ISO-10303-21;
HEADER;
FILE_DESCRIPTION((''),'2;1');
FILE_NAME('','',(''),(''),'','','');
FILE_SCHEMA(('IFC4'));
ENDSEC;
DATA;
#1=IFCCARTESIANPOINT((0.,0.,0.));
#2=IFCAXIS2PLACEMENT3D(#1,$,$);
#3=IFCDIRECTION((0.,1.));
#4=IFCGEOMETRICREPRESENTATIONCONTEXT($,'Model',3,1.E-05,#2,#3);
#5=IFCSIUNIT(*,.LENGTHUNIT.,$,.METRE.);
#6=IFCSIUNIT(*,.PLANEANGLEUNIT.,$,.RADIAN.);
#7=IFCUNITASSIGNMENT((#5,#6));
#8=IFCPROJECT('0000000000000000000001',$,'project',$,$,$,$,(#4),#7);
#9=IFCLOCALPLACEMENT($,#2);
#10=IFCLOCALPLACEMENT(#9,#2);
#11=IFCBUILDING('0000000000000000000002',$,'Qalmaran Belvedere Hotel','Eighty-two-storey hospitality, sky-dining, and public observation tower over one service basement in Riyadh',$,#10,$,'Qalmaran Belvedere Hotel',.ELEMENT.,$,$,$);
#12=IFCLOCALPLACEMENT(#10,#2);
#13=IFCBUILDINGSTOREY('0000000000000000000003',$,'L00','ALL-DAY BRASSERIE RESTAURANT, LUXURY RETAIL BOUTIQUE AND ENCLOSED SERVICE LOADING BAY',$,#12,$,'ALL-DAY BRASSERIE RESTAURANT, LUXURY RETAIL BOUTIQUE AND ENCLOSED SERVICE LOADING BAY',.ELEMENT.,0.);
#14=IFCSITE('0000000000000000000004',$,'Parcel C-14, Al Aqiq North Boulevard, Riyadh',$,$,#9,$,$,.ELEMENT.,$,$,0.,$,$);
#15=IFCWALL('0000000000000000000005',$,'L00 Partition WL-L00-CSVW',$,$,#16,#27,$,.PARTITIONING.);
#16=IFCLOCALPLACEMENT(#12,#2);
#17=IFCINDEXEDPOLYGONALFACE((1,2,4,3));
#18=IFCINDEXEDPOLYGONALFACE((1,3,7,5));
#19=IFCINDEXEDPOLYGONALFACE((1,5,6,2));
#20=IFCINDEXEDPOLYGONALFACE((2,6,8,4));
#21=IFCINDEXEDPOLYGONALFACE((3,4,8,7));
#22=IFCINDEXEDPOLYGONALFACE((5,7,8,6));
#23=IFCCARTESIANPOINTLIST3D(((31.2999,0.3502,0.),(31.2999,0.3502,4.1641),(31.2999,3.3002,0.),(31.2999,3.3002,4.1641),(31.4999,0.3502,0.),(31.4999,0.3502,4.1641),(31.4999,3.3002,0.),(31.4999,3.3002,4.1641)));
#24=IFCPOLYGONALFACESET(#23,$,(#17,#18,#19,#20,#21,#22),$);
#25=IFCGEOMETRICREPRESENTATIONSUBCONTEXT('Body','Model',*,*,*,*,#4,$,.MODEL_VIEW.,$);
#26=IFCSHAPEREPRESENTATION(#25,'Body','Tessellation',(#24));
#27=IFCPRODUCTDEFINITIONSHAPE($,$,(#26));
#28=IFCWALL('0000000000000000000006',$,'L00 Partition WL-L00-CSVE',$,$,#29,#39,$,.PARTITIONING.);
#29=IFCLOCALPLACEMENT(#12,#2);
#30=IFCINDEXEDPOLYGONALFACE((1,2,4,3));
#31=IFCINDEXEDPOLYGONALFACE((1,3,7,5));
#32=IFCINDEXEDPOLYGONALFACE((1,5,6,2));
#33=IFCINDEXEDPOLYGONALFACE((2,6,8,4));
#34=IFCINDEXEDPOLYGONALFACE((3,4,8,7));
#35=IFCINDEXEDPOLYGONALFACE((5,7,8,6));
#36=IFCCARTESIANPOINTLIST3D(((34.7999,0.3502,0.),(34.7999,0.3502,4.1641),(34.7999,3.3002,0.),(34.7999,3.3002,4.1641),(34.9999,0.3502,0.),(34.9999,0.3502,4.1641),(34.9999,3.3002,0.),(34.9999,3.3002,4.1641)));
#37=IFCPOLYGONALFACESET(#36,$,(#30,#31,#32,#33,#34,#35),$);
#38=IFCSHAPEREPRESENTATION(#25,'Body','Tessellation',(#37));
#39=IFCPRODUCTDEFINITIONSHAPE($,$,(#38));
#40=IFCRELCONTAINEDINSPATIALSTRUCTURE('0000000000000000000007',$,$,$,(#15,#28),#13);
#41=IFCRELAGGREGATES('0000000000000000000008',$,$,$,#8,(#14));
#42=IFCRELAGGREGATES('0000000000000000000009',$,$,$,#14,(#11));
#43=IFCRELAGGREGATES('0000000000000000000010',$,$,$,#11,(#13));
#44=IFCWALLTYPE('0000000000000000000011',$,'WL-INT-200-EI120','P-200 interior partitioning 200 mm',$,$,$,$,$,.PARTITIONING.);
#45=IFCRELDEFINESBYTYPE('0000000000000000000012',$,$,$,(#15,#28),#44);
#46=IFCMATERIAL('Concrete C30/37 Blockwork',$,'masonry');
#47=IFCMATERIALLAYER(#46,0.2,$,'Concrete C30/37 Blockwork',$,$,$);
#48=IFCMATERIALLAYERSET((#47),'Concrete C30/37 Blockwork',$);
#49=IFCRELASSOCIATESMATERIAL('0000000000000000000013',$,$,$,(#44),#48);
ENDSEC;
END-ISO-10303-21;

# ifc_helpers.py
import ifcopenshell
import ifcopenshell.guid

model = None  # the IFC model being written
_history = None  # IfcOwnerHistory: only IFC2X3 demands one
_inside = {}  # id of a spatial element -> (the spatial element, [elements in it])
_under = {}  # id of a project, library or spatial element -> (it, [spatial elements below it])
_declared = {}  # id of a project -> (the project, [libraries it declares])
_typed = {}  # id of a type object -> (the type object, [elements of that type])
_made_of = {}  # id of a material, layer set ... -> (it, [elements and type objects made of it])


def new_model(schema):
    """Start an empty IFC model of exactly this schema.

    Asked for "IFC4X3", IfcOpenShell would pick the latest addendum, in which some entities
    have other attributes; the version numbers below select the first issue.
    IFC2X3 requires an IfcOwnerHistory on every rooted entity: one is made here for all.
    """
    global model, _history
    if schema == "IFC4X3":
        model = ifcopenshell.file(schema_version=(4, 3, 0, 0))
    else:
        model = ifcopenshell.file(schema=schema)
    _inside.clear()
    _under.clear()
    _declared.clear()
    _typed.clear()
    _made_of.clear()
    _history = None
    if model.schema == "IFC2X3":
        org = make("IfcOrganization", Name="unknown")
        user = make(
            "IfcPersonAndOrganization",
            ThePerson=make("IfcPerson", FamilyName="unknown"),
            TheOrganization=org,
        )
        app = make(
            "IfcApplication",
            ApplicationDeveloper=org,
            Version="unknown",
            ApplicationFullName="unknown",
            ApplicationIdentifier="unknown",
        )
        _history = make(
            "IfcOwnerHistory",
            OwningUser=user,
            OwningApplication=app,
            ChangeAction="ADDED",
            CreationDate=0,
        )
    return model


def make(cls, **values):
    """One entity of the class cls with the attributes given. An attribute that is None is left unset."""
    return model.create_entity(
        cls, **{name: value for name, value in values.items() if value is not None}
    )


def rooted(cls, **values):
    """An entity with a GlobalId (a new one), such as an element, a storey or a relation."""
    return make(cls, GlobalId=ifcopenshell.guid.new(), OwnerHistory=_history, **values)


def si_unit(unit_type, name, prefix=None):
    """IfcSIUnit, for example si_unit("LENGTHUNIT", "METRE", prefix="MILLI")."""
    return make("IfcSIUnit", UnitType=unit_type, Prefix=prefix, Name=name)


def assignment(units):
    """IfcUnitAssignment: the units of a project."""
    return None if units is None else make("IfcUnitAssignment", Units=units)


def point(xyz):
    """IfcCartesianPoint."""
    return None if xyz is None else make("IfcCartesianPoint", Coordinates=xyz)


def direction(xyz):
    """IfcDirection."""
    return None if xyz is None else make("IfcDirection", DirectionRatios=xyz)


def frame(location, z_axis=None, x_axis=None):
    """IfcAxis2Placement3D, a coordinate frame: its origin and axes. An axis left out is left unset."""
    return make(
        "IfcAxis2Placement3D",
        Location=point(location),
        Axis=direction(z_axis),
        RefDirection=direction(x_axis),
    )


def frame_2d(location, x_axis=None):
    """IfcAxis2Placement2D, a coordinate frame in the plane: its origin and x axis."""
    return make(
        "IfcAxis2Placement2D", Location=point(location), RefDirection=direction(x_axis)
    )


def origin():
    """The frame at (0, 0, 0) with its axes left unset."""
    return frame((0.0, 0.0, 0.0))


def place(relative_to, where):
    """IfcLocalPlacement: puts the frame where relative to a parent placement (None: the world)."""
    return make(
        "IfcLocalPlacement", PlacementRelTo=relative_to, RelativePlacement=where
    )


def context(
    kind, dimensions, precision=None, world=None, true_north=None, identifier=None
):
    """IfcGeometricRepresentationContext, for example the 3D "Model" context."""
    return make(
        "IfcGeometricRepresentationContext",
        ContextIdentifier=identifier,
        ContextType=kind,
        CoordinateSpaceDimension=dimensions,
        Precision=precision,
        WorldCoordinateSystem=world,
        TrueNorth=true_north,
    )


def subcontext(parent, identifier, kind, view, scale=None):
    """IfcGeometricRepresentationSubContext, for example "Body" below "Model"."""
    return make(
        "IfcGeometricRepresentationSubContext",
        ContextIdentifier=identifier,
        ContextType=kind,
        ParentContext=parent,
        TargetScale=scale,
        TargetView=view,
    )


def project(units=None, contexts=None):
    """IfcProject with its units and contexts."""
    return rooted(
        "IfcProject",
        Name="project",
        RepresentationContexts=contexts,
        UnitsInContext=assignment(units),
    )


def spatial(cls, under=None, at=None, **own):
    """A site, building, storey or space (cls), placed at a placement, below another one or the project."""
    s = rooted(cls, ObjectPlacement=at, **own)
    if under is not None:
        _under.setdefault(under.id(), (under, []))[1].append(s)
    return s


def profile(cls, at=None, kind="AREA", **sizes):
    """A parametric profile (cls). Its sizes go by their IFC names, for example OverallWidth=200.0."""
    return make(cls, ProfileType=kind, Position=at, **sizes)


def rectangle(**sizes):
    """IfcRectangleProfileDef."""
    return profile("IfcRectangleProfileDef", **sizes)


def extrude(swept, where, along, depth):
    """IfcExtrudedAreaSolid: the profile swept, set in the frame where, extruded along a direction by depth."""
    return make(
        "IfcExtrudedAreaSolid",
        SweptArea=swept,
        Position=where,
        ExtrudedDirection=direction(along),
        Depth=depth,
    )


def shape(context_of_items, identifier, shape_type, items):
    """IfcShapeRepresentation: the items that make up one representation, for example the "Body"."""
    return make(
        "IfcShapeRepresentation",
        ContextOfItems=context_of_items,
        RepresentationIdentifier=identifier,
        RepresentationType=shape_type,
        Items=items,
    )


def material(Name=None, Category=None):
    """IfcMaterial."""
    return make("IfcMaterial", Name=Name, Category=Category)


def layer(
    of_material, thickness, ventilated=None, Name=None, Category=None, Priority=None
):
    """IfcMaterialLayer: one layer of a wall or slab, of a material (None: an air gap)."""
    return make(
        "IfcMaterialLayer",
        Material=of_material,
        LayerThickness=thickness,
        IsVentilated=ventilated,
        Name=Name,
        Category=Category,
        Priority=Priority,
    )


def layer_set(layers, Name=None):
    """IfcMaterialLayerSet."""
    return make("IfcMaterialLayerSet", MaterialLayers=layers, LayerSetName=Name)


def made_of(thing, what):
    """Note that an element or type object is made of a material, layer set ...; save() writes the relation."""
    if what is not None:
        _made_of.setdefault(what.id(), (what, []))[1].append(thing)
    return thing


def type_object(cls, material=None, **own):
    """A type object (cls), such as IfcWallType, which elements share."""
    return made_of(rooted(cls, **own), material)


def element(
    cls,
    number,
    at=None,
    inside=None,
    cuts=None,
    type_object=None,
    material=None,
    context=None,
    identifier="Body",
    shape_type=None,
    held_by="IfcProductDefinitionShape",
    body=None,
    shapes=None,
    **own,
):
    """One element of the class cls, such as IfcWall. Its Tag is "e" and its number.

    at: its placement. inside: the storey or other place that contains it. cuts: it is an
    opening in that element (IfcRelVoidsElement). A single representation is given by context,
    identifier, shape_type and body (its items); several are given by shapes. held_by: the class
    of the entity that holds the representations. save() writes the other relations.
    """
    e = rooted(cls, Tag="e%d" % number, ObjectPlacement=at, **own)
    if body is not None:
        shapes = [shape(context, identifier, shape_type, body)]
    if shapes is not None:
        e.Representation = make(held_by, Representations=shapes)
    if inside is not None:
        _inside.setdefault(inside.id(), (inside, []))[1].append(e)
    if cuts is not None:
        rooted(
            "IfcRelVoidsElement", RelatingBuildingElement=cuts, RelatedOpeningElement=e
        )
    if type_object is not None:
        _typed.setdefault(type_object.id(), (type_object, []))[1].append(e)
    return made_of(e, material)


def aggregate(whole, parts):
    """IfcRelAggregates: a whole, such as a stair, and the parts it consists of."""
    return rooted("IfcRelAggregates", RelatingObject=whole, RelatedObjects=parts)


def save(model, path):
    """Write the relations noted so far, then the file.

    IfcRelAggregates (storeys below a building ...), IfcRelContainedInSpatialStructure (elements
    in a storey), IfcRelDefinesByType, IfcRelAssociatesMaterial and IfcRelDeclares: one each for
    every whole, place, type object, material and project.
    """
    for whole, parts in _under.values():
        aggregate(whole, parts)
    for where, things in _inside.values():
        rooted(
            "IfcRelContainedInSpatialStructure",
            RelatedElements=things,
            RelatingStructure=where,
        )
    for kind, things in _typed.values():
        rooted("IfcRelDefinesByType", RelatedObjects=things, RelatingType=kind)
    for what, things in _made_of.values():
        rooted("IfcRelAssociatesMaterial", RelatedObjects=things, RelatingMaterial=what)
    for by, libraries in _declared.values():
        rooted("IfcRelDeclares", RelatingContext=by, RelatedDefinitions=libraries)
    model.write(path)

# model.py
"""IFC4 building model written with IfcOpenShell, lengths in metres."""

from ifc_helpers import new_model, si_unit, direction, frame, frame_2d, origin, place, context, subcontext, project, spatial, rectangle, extrude, material, layer, layer_set, type_object, element, save


model = new_model("IFC4")

# Units and contexts
model_context = context("Model", 3, precision=1e-05, world=origin(), true_north=direction((0.0, 1.0)))
body_context = subcontext(model_context, "Body", "Model", "MODEL_VIEW")
ifc_project = project(units=[si_unit("LENGTHUNIT", "METRE"), si_unit("PLANEANGLEUNIT", "RADIAN")], contexts=[model_context])

# Site, building, storey
site_placement = place(None, origin())
site = spatial("IfcSite", under=ifc_project, at=site_placement, Name="Parcel C-14, Al Aqiq North Boulevard, Riyadh", CompositionType="ELEMENT", RefElevation=0.0)
building_placement = place(site_placement, origin())
building = spatial("IfcBuilding", under=site, at=building_placement, Name="Qalmaran Belvedere Hotel", Description="Eighty-two-storey hospitality, sky-dining, and public observation tower over one service basement in Riyadh", LongName="Qalmaran Belvedere Hotel", CompositionType="ELEMENT")
storey_placement = place(building_placement, origin())
storey = spatial("IfcBuildingStorey", under=building, at=storey_placement, Name="L00", Description="ALL-DAY BRASSERIE RESTAURANT, LUXURY RETAIL BOUTIQUE AND ENCLOSED SERVICE LOADING BAY", LongName="ALL-DAY BRASSERIE RESTAURANT, LUXURY RETAIL BOUTIQUE AND ENCLOSED SERVICE LOADING BAY", CompositionType="ELEMENT", Elevation=0.0)

# Walls
ifc_material_1 = material(Name="Concrete C30/37 Blockwork", Category="masonry")
ifc_layer_1 = layer(ifc_material_1, 0.2, Name="Concrete C30/37 Blockwork")
ifc_layer_set_1 = layer_set([ifc_layer_1], Name="Concrete C30/37 Blockwork")
wall_type_1 = type_object("IfcWallType", Name="WL-INT-200-EI120", Description="P-200 interior partitioning 200 mm", PredefinedType="PARTITIONING", material=ifc_layer_set_1)
for number, where, z_axis, x_axis, name in (
    (1, (31.3999, 0.3501, 0.0), (0.0, 0.0, 1.0), (0.0, 1.0, 0.0), "L00 Partition WL-L00-CSVW"),
    (2, (34.8999, 0.3501, 0.0), (0.0, 0.0, 1.0), (0.0, 1.0, 0.0), "L00 Partition WL-L00-CSVE"),
):
    element("IfcWall", number, at=place(storey_placement, frame(where, z_axis=z_axis, x_axis=x_axis)), inside=storey, type_object=wall_type_1, Name=name, PredefinedType="PARTITIONING", context=body_context, shape_type="SweptSolid", body=[
        extrude(rectangle(XDim=2.95, YDim=0.2, at=frame_2d((1.4751, 0.0))), origin(), (0.0, 0.0, 1.0), 4.1641),
    ])

save(model, "model.ifc")
